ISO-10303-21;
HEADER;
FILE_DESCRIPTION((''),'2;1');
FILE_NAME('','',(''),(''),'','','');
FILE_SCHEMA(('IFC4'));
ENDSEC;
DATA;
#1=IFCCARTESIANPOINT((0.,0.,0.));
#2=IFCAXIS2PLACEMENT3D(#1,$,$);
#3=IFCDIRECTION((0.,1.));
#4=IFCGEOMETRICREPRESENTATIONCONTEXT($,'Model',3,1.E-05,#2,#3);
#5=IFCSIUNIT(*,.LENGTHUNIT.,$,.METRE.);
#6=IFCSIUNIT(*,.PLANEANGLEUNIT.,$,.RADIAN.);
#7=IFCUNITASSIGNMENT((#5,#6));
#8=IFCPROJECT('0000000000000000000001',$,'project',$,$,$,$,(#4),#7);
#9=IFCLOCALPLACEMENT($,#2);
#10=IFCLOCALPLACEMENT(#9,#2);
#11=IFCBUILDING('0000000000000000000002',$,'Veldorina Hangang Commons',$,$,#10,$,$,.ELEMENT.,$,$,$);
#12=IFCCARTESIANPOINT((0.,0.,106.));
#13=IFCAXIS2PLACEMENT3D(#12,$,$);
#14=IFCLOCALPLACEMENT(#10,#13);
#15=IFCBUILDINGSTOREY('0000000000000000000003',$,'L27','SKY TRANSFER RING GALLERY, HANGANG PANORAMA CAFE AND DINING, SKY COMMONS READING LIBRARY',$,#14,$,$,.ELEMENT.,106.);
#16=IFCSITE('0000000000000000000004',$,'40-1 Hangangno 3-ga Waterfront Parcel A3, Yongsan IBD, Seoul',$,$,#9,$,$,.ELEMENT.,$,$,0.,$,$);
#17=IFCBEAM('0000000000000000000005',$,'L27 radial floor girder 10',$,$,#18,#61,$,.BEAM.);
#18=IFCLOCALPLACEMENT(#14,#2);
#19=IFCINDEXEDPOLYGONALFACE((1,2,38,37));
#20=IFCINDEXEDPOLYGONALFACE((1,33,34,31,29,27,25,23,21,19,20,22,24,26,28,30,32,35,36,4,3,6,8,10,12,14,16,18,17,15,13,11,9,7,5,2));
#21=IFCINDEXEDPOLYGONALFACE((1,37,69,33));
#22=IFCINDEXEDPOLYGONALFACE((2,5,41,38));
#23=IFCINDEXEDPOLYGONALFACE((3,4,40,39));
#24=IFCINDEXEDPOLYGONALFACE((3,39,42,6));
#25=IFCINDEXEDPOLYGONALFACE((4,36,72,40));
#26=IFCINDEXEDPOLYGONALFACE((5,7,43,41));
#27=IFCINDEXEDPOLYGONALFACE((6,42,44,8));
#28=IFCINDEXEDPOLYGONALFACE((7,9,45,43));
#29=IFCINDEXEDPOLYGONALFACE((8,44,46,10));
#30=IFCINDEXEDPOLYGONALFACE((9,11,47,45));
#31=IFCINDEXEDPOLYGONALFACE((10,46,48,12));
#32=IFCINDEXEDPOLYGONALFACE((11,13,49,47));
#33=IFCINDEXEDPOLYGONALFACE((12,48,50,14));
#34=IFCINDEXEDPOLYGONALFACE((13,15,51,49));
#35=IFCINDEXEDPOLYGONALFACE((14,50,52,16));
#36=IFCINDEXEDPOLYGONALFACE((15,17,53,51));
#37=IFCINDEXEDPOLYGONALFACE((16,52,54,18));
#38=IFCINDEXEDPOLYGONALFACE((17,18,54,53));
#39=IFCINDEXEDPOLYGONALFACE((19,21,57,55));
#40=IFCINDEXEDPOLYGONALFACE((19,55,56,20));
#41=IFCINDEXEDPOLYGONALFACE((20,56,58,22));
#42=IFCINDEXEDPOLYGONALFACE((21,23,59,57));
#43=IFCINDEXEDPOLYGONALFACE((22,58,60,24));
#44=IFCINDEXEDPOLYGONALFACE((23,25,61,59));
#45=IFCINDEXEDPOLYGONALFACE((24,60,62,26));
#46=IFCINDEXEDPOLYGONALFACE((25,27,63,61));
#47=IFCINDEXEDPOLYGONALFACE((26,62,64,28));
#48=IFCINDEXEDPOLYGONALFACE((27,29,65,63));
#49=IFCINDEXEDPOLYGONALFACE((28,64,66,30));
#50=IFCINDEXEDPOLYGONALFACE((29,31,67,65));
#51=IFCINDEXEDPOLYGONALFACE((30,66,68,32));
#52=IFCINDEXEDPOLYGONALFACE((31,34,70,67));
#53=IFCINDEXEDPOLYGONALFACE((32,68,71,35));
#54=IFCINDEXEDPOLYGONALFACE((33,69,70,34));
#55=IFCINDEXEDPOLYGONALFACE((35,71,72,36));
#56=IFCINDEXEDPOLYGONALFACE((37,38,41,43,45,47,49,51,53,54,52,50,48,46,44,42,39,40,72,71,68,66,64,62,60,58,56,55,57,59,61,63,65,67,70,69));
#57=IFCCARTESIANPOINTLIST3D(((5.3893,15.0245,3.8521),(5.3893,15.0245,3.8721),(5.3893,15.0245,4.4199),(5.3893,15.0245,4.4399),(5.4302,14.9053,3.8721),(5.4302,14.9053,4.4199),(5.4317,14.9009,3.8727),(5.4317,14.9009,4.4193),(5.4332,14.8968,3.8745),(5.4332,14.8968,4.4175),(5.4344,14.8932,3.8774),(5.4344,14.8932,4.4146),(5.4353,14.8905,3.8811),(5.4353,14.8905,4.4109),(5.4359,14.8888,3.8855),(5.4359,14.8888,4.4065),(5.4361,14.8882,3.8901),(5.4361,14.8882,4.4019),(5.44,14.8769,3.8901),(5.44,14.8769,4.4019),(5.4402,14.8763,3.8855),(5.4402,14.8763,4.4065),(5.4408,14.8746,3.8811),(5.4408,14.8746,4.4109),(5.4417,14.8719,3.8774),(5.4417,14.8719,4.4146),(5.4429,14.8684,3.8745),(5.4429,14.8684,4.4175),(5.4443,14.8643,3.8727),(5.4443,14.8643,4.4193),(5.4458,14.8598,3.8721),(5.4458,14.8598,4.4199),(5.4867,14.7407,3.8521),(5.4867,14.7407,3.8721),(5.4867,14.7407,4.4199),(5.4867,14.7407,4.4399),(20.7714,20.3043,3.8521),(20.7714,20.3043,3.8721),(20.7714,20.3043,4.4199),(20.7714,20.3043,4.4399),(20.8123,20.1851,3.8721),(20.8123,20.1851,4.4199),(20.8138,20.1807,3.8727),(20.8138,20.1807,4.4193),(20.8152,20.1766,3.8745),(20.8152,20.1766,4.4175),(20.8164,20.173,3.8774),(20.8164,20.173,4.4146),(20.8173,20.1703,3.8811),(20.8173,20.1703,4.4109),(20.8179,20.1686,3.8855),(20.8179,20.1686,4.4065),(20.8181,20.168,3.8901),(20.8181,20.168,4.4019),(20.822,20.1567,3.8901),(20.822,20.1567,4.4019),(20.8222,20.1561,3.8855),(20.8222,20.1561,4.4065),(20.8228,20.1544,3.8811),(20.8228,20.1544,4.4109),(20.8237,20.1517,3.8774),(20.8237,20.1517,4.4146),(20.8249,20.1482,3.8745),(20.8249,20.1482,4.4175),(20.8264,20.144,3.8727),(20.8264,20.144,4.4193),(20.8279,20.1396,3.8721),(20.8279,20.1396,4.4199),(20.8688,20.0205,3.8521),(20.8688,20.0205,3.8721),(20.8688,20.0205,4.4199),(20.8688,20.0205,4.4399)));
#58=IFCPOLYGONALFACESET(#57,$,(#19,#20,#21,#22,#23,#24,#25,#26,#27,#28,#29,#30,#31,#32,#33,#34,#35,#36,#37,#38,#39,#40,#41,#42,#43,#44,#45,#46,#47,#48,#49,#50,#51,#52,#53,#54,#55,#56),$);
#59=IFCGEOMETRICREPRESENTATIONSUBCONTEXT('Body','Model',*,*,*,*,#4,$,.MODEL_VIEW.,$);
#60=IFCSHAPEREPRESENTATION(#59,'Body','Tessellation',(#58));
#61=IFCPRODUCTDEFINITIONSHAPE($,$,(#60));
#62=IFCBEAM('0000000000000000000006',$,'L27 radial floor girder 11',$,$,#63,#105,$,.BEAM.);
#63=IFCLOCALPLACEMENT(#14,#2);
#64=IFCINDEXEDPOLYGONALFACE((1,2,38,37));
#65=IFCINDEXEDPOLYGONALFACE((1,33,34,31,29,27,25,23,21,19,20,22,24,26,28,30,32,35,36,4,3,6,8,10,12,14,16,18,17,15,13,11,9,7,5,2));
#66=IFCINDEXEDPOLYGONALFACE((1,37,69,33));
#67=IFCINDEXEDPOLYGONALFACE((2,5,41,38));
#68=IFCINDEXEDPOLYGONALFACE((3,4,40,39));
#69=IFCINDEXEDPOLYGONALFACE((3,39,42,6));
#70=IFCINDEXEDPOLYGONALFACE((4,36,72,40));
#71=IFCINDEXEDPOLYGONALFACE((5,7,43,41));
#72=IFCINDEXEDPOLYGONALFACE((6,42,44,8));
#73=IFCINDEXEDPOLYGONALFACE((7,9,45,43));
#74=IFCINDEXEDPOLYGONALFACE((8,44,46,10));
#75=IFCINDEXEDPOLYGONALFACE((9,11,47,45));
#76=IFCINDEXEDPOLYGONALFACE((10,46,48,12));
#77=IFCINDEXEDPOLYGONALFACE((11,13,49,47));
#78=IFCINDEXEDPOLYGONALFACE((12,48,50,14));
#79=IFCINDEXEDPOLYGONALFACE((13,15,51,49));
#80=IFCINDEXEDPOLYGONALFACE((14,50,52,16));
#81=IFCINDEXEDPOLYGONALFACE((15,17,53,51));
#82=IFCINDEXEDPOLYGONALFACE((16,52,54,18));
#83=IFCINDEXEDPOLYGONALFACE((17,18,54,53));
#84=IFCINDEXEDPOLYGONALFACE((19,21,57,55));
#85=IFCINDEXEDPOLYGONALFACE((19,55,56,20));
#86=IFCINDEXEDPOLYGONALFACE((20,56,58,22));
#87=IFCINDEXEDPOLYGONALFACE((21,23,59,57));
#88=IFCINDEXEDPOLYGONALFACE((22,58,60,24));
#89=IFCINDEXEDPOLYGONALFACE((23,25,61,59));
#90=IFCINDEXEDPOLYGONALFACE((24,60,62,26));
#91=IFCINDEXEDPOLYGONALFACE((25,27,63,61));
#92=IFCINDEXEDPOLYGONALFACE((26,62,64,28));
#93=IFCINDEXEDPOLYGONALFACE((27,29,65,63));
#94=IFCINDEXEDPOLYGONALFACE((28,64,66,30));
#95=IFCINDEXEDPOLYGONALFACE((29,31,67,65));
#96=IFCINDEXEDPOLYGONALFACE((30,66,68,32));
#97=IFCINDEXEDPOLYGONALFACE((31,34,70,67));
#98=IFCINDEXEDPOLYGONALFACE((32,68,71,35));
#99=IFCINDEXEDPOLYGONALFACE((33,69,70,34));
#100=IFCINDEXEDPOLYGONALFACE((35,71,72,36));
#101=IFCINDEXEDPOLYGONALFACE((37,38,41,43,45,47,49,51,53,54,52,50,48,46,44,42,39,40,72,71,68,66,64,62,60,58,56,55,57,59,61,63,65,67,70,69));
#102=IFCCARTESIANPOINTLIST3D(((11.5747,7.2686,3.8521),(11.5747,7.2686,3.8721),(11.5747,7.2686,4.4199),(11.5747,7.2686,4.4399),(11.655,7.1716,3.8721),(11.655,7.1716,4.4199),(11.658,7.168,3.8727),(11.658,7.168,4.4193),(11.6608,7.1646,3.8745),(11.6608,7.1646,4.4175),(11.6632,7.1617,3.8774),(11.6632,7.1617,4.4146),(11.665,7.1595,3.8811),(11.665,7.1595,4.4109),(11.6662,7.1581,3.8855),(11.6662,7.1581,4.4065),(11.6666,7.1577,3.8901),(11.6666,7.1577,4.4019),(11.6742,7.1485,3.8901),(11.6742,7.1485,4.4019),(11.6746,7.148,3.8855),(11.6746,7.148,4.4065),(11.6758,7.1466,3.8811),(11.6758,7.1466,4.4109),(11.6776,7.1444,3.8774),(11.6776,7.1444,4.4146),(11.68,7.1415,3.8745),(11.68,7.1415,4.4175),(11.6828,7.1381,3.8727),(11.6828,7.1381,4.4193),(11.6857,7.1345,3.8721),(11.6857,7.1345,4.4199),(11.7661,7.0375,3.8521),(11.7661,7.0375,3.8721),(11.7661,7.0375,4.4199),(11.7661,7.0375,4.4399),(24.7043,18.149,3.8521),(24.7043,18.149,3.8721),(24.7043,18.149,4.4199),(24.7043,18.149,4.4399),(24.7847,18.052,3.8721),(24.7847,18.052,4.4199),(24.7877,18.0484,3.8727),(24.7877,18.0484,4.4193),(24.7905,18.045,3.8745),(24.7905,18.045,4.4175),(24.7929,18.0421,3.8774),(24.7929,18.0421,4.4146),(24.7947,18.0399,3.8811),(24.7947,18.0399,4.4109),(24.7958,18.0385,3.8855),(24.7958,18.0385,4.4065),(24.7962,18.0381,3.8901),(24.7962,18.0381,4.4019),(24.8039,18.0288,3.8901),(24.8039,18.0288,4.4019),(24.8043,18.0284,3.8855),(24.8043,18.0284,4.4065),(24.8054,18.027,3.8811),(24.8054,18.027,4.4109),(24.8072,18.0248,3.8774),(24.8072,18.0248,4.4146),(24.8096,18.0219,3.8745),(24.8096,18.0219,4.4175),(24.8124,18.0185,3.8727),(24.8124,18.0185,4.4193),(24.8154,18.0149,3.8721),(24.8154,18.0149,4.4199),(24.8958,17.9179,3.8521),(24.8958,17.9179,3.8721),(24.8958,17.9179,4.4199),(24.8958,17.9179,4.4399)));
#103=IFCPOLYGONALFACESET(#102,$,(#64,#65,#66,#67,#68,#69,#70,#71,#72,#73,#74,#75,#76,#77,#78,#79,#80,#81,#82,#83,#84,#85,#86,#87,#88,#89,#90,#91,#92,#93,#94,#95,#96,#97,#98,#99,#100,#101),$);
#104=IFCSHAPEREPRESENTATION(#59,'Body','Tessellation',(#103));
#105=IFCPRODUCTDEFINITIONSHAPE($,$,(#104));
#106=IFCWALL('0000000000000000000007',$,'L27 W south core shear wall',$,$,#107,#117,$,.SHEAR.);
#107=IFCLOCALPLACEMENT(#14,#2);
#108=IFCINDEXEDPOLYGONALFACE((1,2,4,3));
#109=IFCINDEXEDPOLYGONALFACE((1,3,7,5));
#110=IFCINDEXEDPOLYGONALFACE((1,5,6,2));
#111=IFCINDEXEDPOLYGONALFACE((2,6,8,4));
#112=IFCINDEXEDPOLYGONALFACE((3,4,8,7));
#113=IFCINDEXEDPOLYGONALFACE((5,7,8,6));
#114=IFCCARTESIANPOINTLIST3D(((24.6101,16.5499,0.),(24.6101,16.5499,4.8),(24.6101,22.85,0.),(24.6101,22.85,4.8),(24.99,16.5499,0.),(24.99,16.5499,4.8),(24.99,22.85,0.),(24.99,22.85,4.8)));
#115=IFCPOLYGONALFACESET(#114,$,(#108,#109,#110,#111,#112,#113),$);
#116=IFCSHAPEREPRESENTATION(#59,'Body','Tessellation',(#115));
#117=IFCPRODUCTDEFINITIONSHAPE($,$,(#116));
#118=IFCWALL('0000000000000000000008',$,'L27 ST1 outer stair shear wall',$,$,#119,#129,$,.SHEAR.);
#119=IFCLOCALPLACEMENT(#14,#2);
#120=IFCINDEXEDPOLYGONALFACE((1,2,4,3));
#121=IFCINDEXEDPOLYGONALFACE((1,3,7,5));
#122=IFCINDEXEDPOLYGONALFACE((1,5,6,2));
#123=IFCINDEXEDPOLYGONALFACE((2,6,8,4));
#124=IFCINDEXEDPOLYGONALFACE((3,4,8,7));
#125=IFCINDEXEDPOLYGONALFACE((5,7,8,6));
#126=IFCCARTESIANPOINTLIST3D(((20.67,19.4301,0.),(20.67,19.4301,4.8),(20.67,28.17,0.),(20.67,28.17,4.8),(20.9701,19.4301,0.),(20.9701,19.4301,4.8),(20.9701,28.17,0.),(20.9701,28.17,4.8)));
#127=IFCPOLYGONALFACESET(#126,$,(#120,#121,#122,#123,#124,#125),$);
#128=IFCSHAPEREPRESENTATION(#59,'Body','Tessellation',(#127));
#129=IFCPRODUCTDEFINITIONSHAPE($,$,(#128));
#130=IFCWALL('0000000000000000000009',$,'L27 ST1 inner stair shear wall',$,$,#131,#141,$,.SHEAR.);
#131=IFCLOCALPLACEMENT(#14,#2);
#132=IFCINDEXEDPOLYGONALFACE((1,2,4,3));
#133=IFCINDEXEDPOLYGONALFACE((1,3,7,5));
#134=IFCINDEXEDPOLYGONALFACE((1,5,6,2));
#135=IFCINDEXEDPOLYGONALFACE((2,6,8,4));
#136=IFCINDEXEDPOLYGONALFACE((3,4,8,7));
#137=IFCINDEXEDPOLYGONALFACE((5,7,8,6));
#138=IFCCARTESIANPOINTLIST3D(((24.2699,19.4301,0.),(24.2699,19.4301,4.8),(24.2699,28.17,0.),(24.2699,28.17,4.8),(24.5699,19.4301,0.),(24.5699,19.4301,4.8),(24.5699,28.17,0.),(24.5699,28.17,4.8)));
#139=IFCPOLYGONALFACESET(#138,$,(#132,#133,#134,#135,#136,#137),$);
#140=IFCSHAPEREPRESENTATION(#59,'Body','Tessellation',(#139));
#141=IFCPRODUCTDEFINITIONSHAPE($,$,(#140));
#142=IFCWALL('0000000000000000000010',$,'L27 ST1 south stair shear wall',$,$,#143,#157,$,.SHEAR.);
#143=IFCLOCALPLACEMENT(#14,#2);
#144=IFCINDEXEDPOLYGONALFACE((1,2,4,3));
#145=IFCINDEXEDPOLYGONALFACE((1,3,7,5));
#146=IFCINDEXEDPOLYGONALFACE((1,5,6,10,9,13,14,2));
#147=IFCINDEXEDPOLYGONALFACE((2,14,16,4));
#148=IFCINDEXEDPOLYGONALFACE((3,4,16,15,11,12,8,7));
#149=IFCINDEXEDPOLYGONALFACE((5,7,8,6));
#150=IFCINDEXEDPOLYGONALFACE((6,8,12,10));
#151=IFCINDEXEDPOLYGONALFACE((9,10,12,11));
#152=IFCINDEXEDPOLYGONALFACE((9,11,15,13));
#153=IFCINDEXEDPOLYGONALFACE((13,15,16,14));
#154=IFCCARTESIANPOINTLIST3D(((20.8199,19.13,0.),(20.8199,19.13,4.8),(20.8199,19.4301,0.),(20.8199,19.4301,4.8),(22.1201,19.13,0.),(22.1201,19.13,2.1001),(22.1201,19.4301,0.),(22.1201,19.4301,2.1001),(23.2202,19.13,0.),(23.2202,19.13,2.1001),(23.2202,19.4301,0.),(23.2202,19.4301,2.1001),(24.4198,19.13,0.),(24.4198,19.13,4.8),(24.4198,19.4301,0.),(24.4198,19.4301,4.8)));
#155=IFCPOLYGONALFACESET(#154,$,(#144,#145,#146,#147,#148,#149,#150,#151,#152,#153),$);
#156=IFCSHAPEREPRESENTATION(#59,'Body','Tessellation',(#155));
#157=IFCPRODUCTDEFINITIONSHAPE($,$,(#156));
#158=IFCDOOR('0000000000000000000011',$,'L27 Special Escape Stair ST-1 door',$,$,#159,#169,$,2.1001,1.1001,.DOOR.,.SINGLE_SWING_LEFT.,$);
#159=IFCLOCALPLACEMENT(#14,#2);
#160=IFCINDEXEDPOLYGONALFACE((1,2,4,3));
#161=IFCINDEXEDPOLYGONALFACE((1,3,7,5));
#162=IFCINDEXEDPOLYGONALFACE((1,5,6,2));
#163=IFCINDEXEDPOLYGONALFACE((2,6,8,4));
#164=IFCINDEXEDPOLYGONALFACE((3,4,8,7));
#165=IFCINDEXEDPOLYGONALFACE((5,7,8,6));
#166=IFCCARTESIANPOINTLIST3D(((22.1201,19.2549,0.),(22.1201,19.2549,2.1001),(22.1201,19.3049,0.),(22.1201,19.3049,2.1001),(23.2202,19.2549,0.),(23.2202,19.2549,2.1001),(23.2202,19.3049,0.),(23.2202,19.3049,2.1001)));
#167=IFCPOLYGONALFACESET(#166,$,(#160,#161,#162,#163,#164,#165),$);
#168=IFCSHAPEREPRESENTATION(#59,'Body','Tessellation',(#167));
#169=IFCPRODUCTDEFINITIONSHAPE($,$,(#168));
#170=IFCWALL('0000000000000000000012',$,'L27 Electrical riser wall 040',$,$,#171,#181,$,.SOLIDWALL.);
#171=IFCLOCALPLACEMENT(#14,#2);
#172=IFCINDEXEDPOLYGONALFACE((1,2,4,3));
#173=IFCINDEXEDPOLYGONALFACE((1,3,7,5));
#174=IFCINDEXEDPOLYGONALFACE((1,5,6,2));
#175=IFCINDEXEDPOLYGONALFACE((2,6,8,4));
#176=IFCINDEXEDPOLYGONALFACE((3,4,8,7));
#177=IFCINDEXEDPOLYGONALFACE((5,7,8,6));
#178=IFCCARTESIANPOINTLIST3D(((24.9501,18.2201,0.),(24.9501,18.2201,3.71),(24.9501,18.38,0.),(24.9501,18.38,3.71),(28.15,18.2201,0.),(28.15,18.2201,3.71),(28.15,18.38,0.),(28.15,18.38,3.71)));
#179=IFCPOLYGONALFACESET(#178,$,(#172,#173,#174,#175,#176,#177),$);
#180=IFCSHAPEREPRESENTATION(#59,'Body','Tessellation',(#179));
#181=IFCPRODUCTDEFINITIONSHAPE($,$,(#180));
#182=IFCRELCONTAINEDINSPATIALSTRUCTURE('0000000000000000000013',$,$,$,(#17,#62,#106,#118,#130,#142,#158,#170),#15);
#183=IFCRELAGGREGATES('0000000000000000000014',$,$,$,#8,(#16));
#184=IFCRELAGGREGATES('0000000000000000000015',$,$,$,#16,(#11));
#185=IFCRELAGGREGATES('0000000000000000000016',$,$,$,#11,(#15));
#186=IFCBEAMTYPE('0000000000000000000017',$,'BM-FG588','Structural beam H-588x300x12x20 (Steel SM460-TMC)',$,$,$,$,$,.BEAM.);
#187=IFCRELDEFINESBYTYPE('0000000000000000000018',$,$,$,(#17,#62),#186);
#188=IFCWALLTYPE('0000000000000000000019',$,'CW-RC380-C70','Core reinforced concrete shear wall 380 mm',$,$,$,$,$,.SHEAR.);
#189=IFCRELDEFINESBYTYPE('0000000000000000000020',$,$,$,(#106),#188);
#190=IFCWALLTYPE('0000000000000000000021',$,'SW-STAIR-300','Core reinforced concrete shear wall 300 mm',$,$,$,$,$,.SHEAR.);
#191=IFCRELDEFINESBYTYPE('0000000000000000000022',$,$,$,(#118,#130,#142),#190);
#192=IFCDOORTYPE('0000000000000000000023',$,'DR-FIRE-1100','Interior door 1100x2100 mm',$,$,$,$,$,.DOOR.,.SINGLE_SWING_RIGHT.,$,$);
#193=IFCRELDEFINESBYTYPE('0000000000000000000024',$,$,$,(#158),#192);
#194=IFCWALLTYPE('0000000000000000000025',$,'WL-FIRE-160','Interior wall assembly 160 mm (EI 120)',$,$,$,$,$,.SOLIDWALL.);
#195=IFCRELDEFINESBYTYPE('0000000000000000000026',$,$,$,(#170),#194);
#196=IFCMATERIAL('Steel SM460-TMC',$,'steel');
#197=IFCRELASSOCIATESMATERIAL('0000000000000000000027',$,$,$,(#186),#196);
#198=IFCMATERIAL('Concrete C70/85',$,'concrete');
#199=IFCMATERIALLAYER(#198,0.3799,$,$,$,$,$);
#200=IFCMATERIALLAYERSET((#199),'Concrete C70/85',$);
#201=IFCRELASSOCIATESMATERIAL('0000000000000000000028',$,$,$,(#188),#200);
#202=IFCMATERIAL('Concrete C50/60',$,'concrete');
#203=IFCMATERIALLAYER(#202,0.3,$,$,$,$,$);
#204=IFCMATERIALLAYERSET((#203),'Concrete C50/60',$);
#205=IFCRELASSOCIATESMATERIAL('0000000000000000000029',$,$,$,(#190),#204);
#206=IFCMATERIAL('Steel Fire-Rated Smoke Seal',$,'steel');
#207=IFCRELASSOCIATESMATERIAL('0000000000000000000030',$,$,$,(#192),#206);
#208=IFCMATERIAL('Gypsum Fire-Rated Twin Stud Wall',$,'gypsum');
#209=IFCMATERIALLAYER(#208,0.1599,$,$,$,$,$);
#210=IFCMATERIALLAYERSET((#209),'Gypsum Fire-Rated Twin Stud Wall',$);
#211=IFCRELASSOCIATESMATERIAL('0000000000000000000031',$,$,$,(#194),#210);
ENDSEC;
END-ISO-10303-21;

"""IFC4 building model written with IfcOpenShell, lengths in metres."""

from ifc_helpers import new_model, si_unit, direction, frame, frame_2d, origin, origin_2d, place, context, subcontext, project, spatial, rectangle, i_section, extrude, material, layer, layer_set, material_profile, profile_set, type_object, element, fill, save


model = new_model("IFC4")

# Units and contexts
model_context = context("Model", 3, precision=1e-05, world=origin(), true_north=direction((0.0, 1.0)))
body_context = subcontext(model_context, "Body", "Model", "MODEL_VIEW")
ifc_project = project(units=[si_unit("LENGTHUNIT", "METRE"), si_unit("PLANEANGLEUNIT", "RADIAN")], contexts=[model_context])

# Site, building, storey
site_placement = place(None, origin())
site = spatial("IfcSite", under=ifc_project, at=site_placement, Name="40-1 Hangangno 3-ga Waterfront Parcel A3, Yongsan IBD, Seoul", CompositionType="ELEMENT", RefElevation=0.0)
building_placement = place(site_placement, origin())
building = spatial("IfcBuilding", under=site, at=building_placement, Name="Veldorina Hangang Commons", CompositionType="ELEMENT")
storey_placement = place(building_placement, frame((0.0, 0.0, 106.0)))
storey = spatial("IfcBuildingStorey", under=building, at=storey_placement, Name="L27", Description="SKY TRANSFER RING GALLERY, HANGANG PANORAMA CAFE AND DINING, SKY COMMONS READING LIBRARY", CompositionType="ELEMENT", Elevation=106.0)

# Beams
ifc_material_1 = material(Name="Steel SM460-TMC", Category="steel")
ifc_material_profile = material_profile(ifc_material_1, i_section(OverallWidth=0.3, OverallDepth=0.5879, WebThickness=0.012, FlangeThickness=0.02, FilletRadius=0.0181, at=origin_2d()), Name="H-588x300x12x20")
ifc_profile_set = profile_set([ifc_material_profile], Name="Steel SM460-TMC")
beam_type = type_object("IfcBeamType", Name="BM-FG588", Description="Structural beam H-588x300x12x20 (Steel SM460-TMC)", PredefinedType="BEAM", material=ifc_profile_set)
beam_1_placement = place(storey_placement, frame((20.8201, 20.1624, 4.146), z_axis=(-0.945834, -0.324651, 0.0), x_axis=(0.324651, -0.945834, 0.0)))
element("IfcBeam", 1, at=beam_1_placement, inside=storey, type_object=beam_type, Name="L27 radial floor girder 10", PredefinedType="BEAM", context=body_context, shape_type="SweptSolid", body=[
    extrude(i_section(OverallWidth=0.3, OverallDepth=0.5879, WebThickness=0.012, FlangeThickness=0.02, FilletRadius=0.0181, at=origin_2d()), origin(), (0.0, 0.0, 1.0), 16.2629),
])
beam_2_placement = place(storey_placement, frame((24.8, 18.0334, 4.146), z_axis=(-0.769978, -0.638071, 0.0), x_axis=(0.638071, -0.769978, 0.0)))
element("IfcBeam", 2, at=beam_2_placement, inside=storey, type_object=beam_type, Name="L27 radial floor girder 11", PredefinedType="BEAM", context=body_context, shape_type="SweptSolid", body=[
    extrude(i_section(OverallWidth=0.3, OverallDepth=0.5879, WebThickness=0.012, FlangeThickness=0.02, FilletRadius=0.0181, at=origin_2d()), origin(), (0.0, 0.0, 1.0), 17.052),
])

# Walls
ifc_material_2 = material(Name="Concrete C70/85", Category="concrete")
ifc_layer_1 = layer(ifc_material_2, 0.3799)
ifc_layer_set_1 = layer_set([ifc_layer_1], Name="Concrete C70/85")
wall_type_1 = type_object("IfcWallType", Name="CW-RC380-C70", Description="Core reinforced concrete shear wall 380 mm", PredefinedType="SHEAR", material=ifc_layer_set_1)
wall_1_placement = place(storey_placement, frame((24.8, 16.55, 0.0), z_axis=(0.0, 0.0, 1.0), x_axis=(0.0, 1.0, 0.0)))
element("IfcWall", 3, at=wall_1_placement, inside=storey, type_object=wall_type_1, Name="L27 W south core shear wall", PredefinedType="SHEAR", context=body_context, shape_type="SweptSolid", body=[
    extrude(rectangle(XDim=6.3, YDim=0.3799, at=frame_2d((3.1499, 0.0))), origin(), (0.0, 0.0, 1.0), 4.8),
])
ifc_material_3 = material(Name="Concrete C50/60", Category="concrete")
ifc_layer_2 = layer(ifc_material_3, 0.3)
ifc_layer_set_2 = layer_set([ifc_layer_2], Name="Concrete C50/60")
wall_type_2 = type_object("IfcWallType", Name="SW-STAIR-300", Description="Core reinforced concrete shear wall 300 mm", PredefinedType="SHEAR", material=ifc_layer_set_2)
for number, where, z_axis, x_axis, name in (
    (4, (20.8201, 19.4299, 0.0), (0.0, 0.0, 1.0), (0.0, 1.0, 0.0), "L27 ST1 outer stair shear wall"),
    (5, (24.4199, 19.4299, 0.0), (0.0, 0.0, 1.0), (0.0, 1.0, 0.0), "L27 ST1 inner stair shear wall"),
):
    element("IfcWall", number, at=place(storey_placement, frame(where, z_axis=z_axis, x_axis=x_axis)), inside=storey, type_object=wall_type_2, Name=name, PredefinedType="SHEAR", context=body_context, shape_type="SweptSolid", body=[
        extrude(rectangle(XDim=8.74, YDim=0.3, at=frame_2d((4.3701, 0.0))), origin(), (0.0, 0.0, 1.0), 4.8),
    ])

# Wall, opening, door
wall_2_placement = place(storey_placement, frame((20.8201, 19.28, 0.0), z_axis=(0.0, 0.0, 1.0), x_axis=(1.0, 0.0, 0.0)))
wall_2 = element("IfcWall", 6, at=wall_2_placement, inside=storey, type_object=wall_type_2, Name="L27 ST1 south stair shear wall", PredefinedType="SHEAR", context=body_context, shape_type="SweptSolid", body=[
    extrude(rectangle(XDim=3.5999, YDim=0.3, at=frame_2d((1.7998, 0.0))), origin(), (0.0, 0.0, 1.0), 4.8),
])
opening_1_placement = place(wall_2_placement, frame((1.3, 0.0, 0.0)))
opening_1 = element("IfcOpeningElement", 7, at=opening_1_placement, cuts=wall_2, PredefinedType="OPENING", context=body_context, shape_type="SweptSolid", body=[
    extrude(rectangle(XDim=1.1001, YDim=2.1001, at=frame_2d((0.55, 1.05))), frame((0.0, 0.1602, 0.0), z_axis=(0.0, -1.0, 0.0), x_axis=(1.0, 0.0, 0.0)), (0.0, 0.0, 1.0), 0.3201),
])
ifc_material_4 = material(Name="Steel Fire-Rated Smoke Seal", Category="steel")
door_type = type_object("IfcDoorType", Name="DR-FIRE-1100", Description="Interior door 1100x2100 mm", OperationType="SINGLE_SWING_RIGHT", PredefinedType="DOOR", material=ifc_material_4)
door_1_placement = place(opening_1_placement, origin())
door_1 = element("IfcDoor", 8, at=door_1_placement, inside=storey, type_object=door_type, Name="L27 Special Escape Stair ST-1 door", OperationType="SINGLE_SWING_LEFT", OverallHeight=2.1001, OverallWidth=1.1001, PredefinedType="DOOR", context=body_context, shape_type="SweptSolid", body=[
    extrude(rectangle(XDim=1.1001, YDim=2.1001, at=frame_2d((0.55, 1.05))), frame((0.0, 0.0249, 0.0), z_axis=(0.0, -1.0, 0.0), x_axis=(1.0, 0.0, 0.0)), (0.0, 0.0, 1.0), 0.05),
])
fill(opening_1, door_1)

# Wall
ifc_material_5 = material(Name="Gypsum Fire-Rated Twin Stud Wall", Category="gypsum")
ifc_layer_3 = layer(ifc_material_5, 0.1599)
ifc_layer_set_3 = layer_set([ifc_layer_3], Name="Gypsum Fire-Rated Twin Stud Wall")
wall_type_3 = type_object("IfcWallType", Name="WL-FIRE-160", Description="Interior wall assembly 160 mm (EI 120)", PredefinedType="SOLIDWALL", material=ifc_layer_set_3)
wall_3_placement = place(storey_placement, frame((24.95, 18.3, 0.0), z_axis=(0.0, 0.0, 1.0), x_axis=(1.0, 0.0, 0.0)))
element("IfcWall", 9, at=wall_3_placement, inside=storey, type_object=wall_type_3, Name="L27 Electrical riser wall 040", PredefinedType="SOLIDWALL", context=body_context, shape_type="SweptSolid", body=[
    extrude(rectangle(XDim=3.2, YDim=0.1599, at=frame_2d((1.6001, 0.0))), origin(), (0.0, 0.0, 1.0), 3.71),
])

save(model, "model.ifc")
